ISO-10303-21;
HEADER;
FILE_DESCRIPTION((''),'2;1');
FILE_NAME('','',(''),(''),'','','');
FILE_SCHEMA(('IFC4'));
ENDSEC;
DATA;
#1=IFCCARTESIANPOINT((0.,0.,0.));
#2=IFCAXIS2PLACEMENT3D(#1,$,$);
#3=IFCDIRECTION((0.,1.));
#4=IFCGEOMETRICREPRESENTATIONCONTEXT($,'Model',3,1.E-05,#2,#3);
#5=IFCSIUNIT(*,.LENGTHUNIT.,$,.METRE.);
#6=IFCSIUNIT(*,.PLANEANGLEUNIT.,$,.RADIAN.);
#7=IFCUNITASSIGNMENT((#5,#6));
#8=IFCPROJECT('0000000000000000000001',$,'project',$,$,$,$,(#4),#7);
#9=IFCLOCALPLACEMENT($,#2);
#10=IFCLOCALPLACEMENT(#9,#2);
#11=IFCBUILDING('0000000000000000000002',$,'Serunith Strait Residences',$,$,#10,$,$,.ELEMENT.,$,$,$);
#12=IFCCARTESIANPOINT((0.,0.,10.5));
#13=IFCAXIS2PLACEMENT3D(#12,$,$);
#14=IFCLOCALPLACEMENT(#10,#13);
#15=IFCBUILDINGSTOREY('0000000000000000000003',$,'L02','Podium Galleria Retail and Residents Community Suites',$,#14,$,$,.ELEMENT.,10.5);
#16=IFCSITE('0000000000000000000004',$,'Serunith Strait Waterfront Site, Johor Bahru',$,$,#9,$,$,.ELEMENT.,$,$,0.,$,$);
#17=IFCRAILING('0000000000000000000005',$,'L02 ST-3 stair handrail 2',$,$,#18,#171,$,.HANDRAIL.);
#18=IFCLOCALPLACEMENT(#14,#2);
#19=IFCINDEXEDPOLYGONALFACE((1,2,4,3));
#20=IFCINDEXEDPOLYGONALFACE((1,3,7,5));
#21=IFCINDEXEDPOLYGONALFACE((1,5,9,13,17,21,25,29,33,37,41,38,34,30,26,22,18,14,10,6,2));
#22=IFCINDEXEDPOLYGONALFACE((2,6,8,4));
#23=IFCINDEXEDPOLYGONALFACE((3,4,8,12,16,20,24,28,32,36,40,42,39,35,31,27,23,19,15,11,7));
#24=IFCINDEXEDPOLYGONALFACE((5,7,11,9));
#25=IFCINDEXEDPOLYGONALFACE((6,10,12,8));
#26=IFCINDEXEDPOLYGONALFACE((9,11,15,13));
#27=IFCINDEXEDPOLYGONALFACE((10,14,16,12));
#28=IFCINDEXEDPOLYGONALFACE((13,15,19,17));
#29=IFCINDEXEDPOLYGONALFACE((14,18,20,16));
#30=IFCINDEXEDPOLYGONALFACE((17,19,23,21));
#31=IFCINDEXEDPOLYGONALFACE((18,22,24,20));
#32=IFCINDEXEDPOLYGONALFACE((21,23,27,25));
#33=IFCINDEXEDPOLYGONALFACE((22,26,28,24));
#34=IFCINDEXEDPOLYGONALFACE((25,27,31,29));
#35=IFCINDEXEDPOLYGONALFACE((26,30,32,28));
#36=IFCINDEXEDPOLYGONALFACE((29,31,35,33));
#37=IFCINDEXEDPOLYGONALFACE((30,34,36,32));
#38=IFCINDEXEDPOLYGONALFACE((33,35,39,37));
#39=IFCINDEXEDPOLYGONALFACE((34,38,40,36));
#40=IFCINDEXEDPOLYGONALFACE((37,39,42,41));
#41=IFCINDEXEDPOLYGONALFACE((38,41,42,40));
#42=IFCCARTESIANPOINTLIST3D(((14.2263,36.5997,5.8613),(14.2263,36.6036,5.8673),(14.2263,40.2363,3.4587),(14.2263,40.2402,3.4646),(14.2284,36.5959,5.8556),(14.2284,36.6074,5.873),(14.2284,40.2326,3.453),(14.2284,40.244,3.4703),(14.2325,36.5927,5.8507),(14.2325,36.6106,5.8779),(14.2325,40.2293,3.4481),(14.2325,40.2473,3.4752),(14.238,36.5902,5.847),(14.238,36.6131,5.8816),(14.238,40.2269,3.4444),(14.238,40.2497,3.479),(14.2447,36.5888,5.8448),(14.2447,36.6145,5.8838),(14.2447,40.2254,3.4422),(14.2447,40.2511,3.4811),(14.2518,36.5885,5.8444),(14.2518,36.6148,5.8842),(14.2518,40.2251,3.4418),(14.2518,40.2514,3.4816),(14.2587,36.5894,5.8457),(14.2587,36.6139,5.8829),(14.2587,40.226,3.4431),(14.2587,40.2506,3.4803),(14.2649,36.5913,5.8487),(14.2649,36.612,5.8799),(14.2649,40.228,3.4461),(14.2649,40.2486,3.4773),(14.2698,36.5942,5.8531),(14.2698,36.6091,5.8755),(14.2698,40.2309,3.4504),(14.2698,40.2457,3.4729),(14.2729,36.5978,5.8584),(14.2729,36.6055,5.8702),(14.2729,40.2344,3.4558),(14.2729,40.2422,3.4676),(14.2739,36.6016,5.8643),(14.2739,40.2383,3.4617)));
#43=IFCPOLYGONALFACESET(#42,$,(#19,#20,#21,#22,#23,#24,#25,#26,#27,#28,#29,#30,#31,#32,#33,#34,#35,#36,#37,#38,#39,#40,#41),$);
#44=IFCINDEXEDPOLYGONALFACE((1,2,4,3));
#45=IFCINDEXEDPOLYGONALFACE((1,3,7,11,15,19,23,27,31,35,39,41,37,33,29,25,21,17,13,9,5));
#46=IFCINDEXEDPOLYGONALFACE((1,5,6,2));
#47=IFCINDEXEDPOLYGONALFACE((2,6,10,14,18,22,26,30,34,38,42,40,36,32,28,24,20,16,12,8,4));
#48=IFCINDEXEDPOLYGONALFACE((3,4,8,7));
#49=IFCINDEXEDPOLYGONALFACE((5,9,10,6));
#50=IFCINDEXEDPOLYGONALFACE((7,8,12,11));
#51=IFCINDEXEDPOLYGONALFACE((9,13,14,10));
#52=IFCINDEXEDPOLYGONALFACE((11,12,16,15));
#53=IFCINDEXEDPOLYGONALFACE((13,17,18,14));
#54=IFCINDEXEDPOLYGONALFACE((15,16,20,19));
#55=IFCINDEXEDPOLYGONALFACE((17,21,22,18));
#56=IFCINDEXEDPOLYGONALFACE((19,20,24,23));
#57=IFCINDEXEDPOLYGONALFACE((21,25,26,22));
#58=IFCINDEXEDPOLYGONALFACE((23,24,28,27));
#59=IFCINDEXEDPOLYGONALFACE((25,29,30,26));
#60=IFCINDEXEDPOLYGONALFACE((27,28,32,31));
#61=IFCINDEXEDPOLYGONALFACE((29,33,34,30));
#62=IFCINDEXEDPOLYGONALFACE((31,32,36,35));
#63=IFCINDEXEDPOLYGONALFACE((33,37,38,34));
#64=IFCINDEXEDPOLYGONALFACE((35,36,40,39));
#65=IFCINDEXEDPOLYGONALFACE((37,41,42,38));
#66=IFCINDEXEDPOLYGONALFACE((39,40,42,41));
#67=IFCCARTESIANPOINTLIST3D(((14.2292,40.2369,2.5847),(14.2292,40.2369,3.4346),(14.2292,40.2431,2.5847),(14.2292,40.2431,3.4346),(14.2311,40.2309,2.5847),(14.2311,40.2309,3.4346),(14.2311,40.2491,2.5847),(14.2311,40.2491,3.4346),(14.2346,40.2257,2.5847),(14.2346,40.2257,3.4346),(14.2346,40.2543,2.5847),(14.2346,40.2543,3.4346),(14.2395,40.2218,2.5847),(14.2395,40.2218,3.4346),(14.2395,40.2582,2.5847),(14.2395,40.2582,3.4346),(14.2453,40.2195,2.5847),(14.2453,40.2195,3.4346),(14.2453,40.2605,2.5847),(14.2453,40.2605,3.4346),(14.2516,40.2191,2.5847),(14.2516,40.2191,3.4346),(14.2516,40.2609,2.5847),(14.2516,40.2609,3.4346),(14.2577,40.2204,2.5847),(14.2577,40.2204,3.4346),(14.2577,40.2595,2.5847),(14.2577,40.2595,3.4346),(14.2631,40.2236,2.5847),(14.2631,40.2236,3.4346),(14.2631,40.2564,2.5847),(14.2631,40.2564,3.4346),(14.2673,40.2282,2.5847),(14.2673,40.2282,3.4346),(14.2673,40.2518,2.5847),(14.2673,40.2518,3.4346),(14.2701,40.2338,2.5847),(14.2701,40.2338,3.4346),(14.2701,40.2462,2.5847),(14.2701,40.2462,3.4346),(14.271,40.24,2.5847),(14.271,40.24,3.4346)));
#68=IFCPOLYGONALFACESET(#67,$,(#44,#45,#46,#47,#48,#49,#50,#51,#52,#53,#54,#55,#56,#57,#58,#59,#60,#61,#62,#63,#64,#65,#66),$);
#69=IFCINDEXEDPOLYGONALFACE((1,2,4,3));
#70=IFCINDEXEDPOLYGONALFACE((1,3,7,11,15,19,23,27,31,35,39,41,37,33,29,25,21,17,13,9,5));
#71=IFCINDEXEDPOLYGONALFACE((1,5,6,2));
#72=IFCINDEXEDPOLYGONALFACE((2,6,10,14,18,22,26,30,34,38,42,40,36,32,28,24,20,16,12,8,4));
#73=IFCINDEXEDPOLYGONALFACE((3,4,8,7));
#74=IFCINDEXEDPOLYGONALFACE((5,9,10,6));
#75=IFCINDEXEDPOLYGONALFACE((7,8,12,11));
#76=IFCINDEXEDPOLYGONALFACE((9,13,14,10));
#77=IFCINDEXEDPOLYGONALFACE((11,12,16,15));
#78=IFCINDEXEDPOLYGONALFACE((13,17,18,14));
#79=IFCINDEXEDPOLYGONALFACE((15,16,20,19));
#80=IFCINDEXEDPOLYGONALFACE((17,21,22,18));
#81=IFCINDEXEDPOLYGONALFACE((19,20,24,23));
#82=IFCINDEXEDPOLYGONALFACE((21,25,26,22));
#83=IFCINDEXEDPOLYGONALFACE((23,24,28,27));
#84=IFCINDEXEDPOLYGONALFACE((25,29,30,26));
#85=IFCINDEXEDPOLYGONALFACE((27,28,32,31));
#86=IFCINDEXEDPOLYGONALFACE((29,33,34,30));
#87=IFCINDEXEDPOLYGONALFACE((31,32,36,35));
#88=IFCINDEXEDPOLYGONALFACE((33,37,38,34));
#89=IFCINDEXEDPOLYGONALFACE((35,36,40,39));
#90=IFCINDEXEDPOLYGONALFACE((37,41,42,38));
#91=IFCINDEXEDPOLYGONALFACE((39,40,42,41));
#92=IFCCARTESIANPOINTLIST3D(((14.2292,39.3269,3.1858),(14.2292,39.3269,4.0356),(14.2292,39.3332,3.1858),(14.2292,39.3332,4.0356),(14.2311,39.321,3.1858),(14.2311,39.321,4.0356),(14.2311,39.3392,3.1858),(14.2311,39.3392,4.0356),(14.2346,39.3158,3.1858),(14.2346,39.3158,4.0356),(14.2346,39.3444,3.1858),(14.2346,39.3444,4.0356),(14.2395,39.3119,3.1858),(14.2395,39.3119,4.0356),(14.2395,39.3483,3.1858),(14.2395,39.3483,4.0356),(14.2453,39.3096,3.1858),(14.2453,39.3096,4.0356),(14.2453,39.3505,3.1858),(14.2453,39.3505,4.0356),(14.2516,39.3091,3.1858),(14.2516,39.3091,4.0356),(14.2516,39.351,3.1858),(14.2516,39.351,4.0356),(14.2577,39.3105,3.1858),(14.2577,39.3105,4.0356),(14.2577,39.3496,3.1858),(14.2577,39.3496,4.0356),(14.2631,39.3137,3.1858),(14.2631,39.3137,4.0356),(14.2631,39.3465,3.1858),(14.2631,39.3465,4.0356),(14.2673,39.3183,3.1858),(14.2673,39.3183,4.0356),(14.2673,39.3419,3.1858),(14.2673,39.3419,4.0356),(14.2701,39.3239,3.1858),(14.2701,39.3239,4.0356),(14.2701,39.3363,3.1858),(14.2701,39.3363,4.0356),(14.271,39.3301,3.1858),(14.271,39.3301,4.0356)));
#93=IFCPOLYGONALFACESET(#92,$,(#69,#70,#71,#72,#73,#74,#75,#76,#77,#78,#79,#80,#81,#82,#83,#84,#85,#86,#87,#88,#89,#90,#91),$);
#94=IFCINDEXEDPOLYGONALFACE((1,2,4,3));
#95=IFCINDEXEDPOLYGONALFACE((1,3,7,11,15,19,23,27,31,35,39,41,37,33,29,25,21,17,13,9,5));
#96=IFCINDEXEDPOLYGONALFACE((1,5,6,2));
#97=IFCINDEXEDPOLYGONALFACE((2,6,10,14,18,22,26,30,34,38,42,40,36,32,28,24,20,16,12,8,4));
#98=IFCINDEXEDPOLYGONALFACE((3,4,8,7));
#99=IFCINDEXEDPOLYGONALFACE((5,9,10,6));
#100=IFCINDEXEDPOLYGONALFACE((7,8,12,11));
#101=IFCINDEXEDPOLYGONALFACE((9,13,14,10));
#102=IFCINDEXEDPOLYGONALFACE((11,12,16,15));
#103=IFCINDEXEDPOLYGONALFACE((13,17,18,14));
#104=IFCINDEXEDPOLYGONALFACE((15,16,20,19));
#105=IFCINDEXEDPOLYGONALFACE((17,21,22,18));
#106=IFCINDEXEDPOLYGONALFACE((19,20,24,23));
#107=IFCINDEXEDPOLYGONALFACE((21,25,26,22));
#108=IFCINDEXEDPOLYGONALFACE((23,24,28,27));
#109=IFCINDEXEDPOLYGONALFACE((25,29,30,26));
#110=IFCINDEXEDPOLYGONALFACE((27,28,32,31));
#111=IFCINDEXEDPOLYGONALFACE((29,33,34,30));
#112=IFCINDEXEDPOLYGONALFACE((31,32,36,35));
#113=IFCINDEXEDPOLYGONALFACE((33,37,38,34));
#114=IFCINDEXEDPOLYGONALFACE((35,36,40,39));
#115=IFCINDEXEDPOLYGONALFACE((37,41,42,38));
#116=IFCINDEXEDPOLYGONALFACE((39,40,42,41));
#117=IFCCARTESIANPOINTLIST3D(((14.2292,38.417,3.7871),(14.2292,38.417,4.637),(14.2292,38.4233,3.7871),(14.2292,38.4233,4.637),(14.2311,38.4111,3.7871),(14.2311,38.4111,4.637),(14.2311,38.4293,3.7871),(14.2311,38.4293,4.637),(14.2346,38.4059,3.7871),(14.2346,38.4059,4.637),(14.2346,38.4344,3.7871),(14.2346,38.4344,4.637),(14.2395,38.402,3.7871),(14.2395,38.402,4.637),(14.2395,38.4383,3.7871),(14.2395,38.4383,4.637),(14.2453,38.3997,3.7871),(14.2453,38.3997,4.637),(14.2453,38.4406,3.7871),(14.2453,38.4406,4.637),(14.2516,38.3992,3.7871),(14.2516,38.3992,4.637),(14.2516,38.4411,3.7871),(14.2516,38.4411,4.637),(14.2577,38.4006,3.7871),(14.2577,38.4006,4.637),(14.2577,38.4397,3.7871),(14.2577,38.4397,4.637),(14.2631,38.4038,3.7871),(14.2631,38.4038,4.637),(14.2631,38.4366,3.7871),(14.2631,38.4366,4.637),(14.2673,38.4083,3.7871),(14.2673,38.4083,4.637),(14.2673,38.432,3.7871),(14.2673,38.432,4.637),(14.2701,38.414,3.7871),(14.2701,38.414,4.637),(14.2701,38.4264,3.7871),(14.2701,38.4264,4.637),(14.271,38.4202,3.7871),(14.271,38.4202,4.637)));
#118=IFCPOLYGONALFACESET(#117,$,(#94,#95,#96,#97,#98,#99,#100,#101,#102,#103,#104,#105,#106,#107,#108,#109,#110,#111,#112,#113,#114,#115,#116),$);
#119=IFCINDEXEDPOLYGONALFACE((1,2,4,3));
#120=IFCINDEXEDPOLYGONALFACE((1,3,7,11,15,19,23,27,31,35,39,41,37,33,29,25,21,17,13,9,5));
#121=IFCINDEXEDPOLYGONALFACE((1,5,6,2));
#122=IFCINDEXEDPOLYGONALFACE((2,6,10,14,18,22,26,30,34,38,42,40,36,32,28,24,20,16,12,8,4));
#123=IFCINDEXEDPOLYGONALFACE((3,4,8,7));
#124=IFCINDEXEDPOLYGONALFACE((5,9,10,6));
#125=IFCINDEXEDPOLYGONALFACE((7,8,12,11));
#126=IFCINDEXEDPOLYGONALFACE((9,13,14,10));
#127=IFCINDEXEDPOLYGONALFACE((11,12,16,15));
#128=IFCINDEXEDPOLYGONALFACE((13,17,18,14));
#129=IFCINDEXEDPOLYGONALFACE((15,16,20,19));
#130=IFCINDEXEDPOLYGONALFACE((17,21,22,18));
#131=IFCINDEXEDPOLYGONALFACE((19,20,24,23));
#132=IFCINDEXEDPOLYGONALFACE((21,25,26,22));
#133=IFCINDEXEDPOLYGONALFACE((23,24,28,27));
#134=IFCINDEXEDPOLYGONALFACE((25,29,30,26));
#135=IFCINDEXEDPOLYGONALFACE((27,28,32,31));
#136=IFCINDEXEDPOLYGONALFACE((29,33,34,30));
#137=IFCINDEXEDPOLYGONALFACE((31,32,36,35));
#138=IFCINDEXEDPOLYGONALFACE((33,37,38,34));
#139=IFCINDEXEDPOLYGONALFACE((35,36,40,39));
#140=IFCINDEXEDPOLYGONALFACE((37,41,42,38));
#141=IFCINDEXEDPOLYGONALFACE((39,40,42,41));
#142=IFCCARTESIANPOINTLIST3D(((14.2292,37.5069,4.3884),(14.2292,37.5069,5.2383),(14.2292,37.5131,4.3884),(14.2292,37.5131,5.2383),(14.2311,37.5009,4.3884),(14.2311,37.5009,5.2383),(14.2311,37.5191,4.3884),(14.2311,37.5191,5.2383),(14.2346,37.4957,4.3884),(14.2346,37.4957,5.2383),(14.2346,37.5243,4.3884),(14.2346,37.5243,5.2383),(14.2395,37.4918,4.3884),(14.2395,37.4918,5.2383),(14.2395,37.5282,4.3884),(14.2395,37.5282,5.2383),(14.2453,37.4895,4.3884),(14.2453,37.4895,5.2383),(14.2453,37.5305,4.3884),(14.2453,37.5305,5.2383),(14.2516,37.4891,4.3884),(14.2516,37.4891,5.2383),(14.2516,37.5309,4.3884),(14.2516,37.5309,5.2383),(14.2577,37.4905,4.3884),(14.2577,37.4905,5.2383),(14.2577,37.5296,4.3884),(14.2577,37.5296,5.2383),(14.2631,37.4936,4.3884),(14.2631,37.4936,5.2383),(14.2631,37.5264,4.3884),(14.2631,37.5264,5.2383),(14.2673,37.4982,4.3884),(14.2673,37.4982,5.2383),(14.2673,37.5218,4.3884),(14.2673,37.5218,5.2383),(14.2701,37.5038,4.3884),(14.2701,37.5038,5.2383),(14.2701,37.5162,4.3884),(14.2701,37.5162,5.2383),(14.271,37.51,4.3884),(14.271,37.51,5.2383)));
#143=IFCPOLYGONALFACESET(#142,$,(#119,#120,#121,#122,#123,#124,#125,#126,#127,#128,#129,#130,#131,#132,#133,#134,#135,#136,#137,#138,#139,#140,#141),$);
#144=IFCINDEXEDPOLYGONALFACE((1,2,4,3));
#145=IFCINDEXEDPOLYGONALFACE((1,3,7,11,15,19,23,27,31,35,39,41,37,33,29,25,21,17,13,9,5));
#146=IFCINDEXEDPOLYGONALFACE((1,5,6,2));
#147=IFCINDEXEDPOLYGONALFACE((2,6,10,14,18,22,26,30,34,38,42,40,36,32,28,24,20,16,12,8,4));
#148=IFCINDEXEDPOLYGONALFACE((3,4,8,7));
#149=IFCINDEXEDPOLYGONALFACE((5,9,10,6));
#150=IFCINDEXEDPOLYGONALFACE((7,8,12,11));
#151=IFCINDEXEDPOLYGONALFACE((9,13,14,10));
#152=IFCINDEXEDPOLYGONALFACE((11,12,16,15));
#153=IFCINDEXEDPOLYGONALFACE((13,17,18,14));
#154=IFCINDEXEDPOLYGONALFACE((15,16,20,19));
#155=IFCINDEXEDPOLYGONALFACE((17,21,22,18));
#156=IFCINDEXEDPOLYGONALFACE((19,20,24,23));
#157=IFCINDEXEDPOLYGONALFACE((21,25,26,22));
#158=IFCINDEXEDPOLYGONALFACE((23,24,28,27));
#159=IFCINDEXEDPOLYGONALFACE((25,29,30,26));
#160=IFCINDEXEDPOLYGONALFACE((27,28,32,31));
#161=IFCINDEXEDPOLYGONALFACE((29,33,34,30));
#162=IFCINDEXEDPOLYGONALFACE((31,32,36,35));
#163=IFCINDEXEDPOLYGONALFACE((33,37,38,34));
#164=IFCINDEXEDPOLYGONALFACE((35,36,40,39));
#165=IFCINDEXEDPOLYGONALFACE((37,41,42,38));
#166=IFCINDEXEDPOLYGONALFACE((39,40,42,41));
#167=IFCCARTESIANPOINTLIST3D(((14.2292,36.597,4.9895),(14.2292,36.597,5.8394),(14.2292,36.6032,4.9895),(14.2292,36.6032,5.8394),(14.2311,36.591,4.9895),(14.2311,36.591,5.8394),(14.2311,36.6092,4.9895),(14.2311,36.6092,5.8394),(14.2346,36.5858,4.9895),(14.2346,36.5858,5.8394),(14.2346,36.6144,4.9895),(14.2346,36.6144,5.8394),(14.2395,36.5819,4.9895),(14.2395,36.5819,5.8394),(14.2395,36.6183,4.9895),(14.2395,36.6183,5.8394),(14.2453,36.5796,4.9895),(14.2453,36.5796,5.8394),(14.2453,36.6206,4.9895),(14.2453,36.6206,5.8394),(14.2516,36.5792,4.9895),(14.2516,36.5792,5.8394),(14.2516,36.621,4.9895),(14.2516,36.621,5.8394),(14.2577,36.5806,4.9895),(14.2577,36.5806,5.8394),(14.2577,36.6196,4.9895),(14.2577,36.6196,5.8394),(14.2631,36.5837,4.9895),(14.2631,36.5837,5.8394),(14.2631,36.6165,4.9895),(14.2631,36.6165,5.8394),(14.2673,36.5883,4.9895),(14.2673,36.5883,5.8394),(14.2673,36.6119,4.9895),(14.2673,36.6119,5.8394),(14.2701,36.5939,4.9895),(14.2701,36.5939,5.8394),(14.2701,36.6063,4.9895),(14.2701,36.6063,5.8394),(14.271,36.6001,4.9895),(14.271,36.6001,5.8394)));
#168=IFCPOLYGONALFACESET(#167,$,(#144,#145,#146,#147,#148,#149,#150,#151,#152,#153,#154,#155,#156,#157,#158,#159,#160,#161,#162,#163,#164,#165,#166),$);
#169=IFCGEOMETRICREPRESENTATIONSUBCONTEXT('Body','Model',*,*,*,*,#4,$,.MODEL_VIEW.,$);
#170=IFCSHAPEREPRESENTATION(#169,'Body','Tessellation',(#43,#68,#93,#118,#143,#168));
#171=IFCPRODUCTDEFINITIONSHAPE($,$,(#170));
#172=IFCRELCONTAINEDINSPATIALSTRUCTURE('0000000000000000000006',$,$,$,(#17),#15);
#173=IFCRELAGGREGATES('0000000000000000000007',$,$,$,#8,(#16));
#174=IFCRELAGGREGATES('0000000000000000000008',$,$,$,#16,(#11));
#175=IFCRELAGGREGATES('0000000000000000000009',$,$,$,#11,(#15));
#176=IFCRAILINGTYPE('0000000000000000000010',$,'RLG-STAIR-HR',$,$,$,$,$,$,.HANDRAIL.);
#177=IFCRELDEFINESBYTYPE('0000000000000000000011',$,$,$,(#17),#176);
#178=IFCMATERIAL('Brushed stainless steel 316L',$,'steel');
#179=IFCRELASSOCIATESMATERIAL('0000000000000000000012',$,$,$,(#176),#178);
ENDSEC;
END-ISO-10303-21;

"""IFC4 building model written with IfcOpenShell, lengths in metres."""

from ifc_helpers import new_model, si_unit, direction, frame, origin, origin_2d, place, context, subcontext, project, spatial, circle, extrude, material, type_object, element, save


model = new_model("IFC4")

# Units and contexts
model_context = context("Model", 3, precision=1e-05, world=origin(), true_north=direction((0.0, 1.0)))
body_context = subcontext(model_context, "Body", "Model", "MODEL_VIEW")
ifc_project = project(units=[si_unit("LENGTHUNIT", "METRE"), si_unit("PLANEANGLEUNIT", "RADIAN")], contexts=[model_context])

# Site, building, storey
site_placement = place(None, origin())
site = spatial("IfcSite", under=ifc_project, at=site_placement, Name="Serunith Strait Waterfront Site, Johor Bahru", CompositionType="ELEMENT", RefElevation=0.0)
building_placement = place(site_placement, origin())
building = spatial("IfcBuilding", under=site, at=building_placement, Name="Serunith Strait Residences", CompositionType="ELEMENT")
storey_placement = place(building_placement, frame((0.0, 0.0, 10.5)))
storey = spatial("IfcBuildingStorey", under=building, at=storey_placement, Name="L02", Description="Podium Galleria Retail and Residents Community Suites", CompositionType="ELEMENT", Elevation=10.5)

# Railing
ifc_material_1 = material(Name="Brushed stainless steel 316L", Category="steel")
railing_type_1 = type_object("IfcRailingType", Name="RLG-STAIR-HR", PredefinedType="HANDRAIL", material=ifc_material_1)
railing_1_placement = place(storey_placement, frame((14.25, 40.24, 2.5847)))
element("IfcRailing", 1, at=railing_1_placement, inside=storey, type_object=railing_type_1, Name="L02 ST-3 stair handrail 2", PredefinedType="HANDRAIL", context=body_context, shape_type="SweptSolid", body=[
    extrude(circle(Radius=0.0239, at=origin_2d()), frame((0.0, -0.0017, 0.877), z_axis=(0.0, -0.83435, 0.551234), x_axis=(1.0, 0.0, 0.0)), (0.0, 0.0, 1.0), 4.3586),
    extrude(circle(Radius=0.021, at=origin_2d()), origin(), (0.0, 0.0, 1.0), 0.8499),
    extrude(circle(Radius=0.021, at=origin_2d()), frame((0.0, -0.9099, 0.6011)), (0.0, 0.0, 1.0), 0.8499),
    extrude(circle(Radius=0.021, at=origin_2d()), frame((0.0, -1.8198, 1.2024)), (0.0, 0.0, 1.0), 0.8499),
    extrude(circle(Radius=0.021, at=origin_2d()), frame((0.0, -2.73, 1.8037)), (0.0, 0.0, 1.0), 0.8499),
    extrude(circle(Radius=0.021, at=origin_2d()), frame((0.0, -3.6399, 2.4048)), (0.0, 0.0, 1.0), 0.8499),
])

save(model, "model.ifc")
